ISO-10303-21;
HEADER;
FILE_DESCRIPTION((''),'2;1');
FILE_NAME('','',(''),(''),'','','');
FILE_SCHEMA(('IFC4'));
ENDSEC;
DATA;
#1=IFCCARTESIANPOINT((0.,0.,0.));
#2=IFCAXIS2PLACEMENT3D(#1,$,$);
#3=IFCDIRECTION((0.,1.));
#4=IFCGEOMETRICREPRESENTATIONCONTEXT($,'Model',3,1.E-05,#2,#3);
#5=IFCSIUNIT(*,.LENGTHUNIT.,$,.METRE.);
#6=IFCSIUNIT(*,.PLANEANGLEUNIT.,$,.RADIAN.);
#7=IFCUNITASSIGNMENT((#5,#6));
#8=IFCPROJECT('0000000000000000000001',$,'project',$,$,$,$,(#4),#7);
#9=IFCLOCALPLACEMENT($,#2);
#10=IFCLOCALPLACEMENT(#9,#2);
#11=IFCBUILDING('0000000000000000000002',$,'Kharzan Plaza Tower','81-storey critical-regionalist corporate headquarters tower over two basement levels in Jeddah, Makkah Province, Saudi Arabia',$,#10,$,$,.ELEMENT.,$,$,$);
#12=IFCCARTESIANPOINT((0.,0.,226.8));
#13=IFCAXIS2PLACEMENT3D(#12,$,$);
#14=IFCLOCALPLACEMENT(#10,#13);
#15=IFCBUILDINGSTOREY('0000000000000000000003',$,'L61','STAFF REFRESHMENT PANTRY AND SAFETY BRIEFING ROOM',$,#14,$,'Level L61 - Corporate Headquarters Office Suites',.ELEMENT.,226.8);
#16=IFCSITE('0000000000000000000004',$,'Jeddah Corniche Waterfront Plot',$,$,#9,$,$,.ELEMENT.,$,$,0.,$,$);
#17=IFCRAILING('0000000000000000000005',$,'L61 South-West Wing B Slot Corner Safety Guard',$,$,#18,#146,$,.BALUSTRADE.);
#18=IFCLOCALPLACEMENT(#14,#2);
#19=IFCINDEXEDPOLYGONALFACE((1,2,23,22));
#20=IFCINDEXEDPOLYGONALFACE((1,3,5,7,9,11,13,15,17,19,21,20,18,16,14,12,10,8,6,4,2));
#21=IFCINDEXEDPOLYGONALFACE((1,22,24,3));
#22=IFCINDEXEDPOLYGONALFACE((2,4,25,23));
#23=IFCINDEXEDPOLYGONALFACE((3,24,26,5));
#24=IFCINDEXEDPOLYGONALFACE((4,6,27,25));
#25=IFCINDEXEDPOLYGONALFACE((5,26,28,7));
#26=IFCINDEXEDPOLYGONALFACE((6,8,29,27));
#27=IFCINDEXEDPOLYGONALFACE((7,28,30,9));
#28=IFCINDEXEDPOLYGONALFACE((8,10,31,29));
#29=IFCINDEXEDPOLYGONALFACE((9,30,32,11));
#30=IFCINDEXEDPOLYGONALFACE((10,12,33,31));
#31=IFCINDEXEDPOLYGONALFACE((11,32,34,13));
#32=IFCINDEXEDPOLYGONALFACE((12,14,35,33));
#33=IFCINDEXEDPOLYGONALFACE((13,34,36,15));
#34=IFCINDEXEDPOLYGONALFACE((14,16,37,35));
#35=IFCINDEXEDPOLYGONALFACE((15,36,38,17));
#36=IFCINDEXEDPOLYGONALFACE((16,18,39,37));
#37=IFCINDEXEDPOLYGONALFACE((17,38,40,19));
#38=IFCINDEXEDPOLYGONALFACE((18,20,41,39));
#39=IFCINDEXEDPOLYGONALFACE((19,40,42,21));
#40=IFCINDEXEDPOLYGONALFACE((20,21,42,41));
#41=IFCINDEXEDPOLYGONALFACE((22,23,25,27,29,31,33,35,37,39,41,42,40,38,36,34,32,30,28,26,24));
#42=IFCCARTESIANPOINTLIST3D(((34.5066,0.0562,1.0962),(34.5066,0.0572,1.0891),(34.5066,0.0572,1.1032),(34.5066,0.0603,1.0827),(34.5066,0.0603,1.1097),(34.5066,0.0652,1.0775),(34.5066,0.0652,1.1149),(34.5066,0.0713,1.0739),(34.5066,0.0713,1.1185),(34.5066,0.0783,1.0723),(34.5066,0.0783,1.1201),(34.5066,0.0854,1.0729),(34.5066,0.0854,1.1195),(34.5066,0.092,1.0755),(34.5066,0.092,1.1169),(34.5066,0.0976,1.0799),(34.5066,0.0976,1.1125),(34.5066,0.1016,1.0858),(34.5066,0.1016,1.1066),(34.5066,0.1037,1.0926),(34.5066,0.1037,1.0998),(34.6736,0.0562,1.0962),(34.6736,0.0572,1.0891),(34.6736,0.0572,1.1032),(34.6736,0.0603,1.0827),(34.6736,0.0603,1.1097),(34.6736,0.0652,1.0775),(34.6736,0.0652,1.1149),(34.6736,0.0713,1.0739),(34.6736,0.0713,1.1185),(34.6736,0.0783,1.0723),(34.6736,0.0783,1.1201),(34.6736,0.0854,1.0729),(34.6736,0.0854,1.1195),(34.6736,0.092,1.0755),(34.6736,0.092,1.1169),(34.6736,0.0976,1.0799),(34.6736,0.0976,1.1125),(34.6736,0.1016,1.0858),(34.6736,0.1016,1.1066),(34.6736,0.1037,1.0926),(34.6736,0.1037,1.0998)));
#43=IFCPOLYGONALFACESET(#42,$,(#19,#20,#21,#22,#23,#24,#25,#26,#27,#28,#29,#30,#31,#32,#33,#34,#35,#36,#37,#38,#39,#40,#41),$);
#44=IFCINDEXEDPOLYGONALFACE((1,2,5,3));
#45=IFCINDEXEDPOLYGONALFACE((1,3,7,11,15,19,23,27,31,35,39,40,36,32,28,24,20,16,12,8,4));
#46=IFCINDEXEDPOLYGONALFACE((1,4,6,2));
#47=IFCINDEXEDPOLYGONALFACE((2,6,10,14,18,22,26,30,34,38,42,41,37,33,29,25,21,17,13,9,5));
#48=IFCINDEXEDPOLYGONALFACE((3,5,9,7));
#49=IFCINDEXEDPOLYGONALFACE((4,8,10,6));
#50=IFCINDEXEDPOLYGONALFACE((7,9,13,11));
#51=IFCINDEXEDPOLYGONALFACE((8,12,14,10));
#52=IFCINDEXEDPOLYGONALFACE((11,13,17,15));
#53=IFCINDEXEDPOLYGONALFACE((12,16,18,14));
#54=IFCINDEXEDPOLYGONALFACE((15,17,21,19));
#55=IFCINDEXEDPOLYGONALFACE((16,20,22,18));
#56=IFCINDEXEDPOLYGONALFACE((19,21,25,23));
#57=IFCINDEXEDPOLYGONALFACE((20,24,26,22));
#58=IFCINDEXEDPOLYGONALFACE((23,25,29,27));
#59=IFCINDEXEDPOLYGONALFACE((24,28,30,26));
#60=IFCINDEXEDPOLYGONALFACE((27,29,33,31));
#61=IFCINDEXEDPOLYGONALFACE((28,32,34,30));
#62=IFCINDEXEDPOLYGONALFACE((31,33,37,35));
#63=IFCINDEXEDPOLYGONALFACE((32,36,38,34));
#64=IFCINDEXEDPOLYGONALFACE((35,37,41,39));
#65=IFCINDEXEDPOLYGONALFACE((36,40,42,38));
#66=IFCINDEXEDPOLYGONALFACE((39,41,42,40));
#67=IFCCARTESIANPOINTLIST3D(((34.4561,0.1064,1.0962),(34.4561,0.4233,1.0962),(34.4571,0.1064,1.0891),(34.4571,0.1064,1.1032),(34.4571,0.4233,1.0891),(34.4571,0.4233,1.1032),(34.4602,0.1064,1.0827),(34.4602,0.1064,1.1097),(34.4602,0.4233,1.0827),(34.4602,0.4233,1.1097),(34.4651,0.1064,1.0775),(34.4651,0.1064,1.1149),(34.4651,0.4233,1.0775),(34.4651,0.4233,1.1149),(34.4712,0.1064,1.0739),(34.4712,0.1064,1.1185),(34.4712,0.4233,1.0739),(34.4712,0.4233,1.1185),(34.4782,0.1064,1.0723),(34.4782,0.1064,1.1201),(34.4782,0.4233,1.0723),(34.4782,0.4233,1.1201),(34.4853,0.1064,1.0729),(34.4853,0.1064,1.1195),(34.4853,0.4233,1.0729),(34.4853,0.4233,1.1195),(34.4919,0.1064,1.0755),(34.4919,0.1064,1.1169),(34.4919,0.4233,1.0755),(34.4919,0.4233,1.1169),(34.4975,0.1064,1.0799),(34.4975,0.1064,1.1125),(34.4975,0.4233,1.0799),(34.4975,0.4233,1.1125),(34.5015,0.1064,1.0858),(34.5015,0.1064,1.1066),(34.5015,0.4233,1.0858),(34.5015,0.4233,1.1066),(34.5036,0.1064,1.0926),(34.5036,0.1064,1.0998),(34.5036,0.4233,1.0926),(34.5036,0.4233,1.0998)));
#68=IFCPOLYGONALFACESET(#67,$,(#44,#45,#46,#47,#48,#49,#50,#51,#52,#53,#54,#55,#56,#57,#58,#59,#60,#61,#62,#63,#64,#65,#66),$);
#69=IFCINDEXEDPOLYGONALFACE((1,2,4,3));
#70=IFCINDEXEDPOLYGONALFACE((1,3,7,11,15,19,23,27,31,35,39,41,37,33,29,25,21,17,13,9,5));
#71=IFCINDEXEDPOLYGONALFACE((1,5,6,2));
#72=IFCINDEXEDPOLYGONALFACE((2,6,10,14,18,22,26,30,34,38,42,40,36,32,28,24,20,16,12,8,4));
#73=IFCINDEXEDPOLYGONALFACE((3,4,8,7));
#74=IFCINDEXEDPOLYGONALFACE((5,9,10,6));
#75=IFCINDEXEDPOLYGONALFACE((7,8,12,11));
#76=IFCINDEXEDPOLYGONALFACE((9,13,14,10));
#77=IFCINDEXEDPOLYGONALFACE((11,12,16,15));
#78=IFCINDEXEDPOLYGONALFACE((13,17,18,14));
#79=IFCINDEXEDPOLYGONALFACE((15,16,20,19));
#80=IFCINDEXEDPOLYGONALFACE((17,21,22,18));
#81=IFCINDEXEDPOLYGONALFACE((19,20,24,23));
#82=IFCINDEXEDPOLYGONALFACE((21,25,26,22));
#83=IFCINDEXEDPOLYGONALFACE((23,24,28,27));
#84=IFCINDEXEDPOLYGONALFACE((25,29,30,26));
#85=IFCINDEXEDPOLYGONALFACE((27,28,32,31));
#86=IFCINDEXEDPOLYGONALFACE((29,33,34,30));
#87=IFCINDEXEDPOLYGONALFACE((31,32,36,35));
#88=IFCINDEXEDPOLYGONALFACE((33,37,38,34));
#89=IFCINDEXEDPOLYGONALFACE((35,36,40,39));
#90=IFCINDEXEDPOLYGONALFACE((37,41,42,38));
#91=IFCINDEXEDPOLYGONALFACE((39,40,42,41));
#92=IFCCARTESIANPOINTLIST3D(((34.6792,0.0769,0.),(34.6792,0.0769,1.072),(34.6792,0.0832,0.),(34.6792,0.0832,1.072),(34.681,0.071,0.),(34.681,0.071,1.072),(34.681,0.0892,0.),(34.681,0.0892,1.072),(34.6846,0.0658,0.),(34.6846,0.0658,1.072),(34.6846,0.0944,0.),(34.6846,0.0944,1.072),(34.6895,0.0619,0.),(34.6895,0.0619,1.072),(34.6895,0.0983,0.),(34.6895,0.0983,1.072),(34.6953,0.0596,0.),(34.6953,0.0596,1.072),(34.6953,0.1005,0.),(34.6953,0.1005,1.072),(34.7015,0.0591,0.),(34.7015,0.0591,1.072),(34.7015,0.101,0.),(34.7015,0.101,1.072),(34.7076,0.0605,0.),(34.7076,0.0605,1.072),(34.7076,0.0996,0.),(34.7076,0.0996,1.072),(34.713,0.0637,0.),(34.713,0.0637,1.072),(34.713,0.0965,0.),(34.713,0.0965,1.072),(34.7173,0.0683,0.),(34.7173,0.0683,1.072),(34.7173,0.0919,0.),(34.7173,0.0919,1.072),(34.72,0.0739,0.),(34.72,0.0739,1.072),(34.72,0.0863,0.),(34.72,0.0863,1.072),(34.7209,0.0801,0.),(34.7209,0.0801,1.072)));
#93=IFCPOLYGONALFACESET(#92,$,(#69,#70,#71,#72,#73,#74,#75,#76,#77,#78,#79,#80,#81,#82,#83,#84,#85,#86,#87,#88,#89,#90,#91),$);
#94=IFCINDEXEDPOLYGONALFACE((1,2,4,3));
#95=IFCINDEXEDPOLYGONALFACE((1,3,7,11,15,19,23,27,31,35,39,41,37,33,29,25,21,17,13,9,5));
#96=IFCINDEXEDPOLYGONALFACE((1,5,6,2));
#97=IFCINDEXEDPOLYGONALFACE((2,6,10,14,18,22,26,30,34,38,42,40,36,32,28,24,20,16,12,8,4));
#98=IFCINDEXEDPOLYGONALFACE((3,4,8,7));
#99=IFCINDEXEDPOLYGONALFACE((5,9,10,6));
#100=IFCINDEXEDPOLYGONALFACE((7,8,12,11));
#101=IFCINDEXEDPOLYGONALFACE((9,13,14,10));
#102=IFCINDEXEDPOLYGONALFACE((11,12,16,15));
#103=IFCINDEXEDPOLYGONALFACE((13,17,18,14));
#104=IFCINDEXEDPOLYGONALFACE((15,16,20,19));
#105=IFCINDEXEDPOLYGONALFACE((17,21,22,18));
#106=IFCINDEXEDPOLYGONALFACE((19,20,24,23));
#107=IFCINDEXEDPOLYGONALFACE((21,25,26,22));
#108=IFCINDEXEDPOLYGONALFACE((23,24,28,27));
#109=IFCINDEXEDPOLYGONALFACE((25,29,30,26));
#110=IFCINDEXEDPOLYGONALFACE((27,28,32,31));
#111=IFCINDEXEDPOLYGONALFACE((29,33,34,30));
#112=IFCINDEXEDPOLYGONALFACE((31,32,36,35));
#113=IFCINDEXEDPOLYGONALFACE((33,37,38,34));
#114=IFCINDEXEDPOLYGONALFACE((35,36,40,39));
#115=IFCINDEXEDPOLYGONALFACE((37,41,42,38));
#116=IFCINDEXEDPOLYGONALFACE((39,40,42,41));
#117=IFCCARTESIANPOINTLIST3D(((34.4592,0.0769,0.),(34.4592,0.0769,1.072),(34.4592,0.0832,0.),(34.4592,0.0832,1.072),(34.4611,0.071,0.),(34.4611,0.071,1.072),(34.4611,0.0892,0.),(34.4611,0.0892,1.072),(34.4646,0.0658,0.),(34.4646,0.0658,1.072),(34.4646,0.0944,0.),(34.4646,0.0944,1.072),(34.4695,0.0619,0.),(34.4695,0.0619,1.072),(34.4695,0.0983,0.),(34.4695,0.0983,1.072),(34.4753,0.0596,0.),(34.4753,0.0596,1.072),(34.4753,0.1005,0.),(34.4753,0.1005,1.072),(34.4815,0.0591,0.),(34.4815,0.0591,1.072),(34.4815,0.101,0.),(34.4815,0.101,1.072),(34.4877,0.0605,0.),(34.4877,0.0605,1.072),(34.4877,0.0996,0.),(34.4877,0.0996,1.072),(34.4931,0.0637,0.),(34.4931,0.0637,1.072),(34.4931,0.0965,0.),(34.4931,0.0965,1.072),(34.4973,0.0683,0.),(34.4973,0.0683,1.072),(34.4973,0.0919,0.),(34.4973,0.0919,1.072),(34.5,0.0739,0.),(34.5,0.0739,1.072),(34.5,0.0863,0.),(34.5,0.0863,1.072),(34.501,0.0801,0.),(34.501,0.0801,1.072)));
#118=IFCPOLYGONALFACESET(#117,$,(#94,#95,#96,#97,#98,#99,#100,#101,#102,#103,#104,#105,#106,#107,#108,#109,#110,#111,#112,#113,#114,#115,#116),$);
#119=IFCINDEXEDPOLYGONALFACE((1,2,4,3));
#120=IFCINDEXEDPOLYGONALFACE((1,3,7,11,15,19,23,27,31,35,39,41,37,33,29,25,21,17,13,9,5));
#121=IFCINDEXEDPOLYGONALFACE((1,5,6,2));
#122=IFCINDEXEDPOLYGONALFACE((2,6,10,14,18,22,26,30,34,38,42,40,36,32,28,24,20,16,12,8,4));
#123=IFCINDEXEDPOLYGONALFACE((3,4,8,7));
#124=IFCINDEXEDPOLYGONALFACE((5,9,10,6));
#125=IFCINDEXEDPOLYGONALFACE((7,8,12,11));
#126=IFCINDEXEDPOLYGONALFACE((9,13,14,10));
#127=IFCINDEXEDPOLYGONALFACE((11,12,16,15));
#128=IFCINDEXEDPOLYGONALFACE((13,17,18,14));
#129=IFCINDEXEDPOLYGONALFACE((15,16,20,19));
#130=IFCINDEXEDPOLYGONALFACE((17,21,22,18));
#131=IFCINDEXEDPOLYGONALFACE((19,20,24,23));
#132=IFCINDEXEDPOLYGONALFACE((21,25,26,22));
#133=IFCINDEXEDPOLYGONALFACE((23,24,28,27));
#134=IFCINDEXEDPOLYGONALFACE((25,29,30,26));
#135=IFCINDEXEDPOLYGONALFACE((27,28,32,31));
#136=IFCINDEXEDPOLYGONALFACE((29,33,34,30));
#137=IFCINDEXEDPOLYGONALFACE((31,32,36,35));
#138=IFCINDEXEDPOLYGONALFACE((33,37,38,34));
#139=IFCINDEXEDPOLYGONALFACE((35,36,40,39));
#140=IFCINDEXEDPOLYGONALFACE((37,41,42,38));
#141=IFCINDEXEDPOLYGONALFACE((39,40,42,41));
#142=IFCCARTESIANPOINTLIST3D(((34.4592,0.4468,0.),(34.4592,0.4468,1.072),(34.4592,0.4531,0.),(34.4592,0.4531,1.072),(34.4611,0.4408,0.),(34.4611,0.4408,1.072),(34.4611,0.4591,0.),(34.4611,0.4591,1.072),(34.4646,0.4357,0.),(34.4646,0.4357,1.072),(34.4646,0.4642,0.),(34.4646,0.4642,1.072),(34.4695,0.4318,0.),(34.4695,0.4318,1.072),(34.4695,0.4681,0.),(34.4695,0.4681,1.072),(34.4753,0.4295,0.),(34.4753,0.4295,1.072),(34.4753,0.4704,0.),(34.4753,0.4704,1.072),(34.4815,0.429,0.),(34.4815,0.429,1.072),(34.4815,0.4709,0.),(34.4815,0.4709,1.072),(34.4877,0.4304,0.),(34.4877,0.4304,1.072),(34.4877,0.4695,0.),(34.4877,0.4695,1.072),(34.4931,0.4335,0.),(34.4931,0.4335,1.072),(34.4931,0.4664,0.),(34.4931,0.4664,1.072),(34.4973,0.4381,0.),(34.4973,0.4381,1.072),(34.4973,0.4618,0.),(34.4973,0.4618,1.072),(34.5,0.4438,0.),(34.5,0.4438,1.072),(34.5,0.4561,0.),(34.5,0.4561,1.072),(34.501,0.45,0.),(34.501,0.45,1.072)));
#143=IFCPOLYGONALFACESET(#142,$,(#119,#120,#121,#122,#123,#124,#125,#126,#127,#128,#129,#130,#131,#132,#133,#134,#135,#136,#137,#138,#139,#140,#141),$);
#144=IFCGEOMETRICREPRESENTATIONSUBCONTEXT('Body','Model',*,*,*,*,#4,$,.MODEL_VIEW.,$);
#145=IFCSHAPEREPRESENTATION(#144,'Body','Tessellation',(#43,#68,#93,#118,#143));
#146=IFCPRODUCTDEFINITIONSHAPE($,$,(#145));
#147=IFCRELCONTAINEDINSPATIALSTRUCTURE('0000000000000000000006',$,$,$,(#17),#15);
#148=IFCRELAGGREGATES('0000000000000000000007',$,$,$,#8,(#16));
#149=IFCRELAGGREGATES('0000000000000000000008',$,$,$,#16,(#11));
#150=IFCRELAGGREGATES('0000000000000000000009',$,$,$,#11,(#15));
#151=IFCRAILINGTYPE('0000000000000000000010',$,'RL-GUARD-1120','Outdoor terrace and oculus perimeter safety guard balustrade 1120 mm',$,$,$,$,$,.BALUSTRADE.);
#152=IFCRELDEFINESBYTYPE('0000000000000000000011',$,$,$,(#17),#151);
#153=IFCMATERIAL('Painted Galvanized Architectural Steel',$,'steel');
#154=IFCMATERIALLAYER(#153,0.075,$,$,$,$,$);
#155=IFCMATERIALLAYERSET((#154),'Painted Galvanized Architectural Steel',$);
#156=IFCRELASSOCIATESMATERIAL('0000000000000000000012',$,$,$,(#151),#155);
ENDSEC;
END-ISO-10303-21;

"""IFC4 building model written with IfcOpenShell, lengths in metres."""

from ifc_helpers import new_model, si_unit, direction, frame, origin, origin_2d, place, context, subcontext, project, spatial, circle, extrude, source, transform, mapped, material, layer, layer_set, type_object, element, save


model = new_model("IFC4")

# Units and contexts
model_context = context("Model", 3, precision=1e-05, world=origin(), true_north=direction((0.0, 1.0)))
body_context = subcontext(model_context, "Body", "Model", "MODEL_VIEW")
ifc_project = project(units=[si_unit("LENGTHUNIT", "METRE"), si_unit("PLANEANGLEUNIT", "RADIAN")], contexts=[model_context])

# Site, building, storey
site_placement = place(None, origin())
site = spatial("IfcSite", under=ifc_project, at=site_placement, Name="Jeddah Corniche Waterfront Plot", CompositionType="ELEMENT", RefElevation=0.0)
building_placement = place(site_placement, origin())
building = spatial("IfcBuilding", under=site, at=building_placement, Name="Kharzan Plaza Tower", Description="81-storey critical-regionalist corporate headquarters tower over two basement levels in Jeddah, Makkah Province, Saudi Arabia", CompositionType="ELEMENT")
storey_placement = place(building_placement, frame((0.0, 0.0, 226.8)))
storey = spatial("IfcBuildingStorey", under=building, at=storey_placement, Name="L61", Description="STAFF REFRESHMENT PANTRY AND SAFETY BRIEFING ROOM", LongName="Level L61 - Corporate Headquarters Office Suites", CompositionType="ELEMENT", Elevation=226.8)

# Railing
ifc_material_1 = material(Name="Painted Galvanized Architectural Steel", Category="steel")
ifc_layer_1 = layer(ifc_material_1, 0.075)
ifc_layer_set_1 = layer_set([ifc_layer_1], Name="Painted Galvanized Architectural Steel")
railing_type_1 = type_object("IfcRailingType", Name="RL-GUARD-1120", Description="Outdoor terrace and oculus perimeter safety guard balustrade 1120 mm", PredefinedType="BALUSTRADE", material=ifc_layer_set_1)
shared_shape_1 = source(origin(), body_context, "Body", "SweptSolid", [
    extrude(circle(Radius=0.0239, at=origin_2d()), frame((-0.0264, 0.0, 1.0962), z_axis=(-1.0, 0.0, 0.0), x_axis=(0.0, -1.0, 0.0)), (0.0, 0.0, 1.0), 0.167),
    extrude(circle(Radius=0.0239, at=origin_2d()), frame((-0.22, 0.0264, 1.0962), z_axis=(0.0, 1.0, 0.0), x_axis=(-1.0, 0.0, 0.0)), (0.0, 0.0, 1.0), 0.3169),
    extrude(circle(Radius=0.021, at=origin_2d()), origin(), (0.0, 0.0, 1.0), 1.072),
    extrude(circle(Radius=0.021, at=origin_2d()), frame((-0.22, 0.0, 0.0)), (0.0, 0.0, 1.0), 1.072),
    extrude(circle(Radius=0.021, at=origin_2d()), frame((-0.22, 0.3699, 0.0)), (0.0, 0.0, 1.0), 1.072),
])
railing_1_placement = place(storey_placement, frame((34.7, 0.0801, 0.0)))
element("IfcRailing", 1, at=railing_1_placement, inside=storey, type_object=railing_type_1, Name="L61 South-West Wing B Slot Corner Safety Guard", PredefinedType="BALUSTRADE", context=body_context, shape_type="MappedRepresentation", body=[
    mapped(shared_shape_1, transform((0.0, 0.0, 0.0), x_axis=(1.0, 0.0, 0.0), y_axis=(0.0, 1.0, 0.0), z_axis=(0.0, 0.0, 1.0))),
])

save(model, "model.ifc")
